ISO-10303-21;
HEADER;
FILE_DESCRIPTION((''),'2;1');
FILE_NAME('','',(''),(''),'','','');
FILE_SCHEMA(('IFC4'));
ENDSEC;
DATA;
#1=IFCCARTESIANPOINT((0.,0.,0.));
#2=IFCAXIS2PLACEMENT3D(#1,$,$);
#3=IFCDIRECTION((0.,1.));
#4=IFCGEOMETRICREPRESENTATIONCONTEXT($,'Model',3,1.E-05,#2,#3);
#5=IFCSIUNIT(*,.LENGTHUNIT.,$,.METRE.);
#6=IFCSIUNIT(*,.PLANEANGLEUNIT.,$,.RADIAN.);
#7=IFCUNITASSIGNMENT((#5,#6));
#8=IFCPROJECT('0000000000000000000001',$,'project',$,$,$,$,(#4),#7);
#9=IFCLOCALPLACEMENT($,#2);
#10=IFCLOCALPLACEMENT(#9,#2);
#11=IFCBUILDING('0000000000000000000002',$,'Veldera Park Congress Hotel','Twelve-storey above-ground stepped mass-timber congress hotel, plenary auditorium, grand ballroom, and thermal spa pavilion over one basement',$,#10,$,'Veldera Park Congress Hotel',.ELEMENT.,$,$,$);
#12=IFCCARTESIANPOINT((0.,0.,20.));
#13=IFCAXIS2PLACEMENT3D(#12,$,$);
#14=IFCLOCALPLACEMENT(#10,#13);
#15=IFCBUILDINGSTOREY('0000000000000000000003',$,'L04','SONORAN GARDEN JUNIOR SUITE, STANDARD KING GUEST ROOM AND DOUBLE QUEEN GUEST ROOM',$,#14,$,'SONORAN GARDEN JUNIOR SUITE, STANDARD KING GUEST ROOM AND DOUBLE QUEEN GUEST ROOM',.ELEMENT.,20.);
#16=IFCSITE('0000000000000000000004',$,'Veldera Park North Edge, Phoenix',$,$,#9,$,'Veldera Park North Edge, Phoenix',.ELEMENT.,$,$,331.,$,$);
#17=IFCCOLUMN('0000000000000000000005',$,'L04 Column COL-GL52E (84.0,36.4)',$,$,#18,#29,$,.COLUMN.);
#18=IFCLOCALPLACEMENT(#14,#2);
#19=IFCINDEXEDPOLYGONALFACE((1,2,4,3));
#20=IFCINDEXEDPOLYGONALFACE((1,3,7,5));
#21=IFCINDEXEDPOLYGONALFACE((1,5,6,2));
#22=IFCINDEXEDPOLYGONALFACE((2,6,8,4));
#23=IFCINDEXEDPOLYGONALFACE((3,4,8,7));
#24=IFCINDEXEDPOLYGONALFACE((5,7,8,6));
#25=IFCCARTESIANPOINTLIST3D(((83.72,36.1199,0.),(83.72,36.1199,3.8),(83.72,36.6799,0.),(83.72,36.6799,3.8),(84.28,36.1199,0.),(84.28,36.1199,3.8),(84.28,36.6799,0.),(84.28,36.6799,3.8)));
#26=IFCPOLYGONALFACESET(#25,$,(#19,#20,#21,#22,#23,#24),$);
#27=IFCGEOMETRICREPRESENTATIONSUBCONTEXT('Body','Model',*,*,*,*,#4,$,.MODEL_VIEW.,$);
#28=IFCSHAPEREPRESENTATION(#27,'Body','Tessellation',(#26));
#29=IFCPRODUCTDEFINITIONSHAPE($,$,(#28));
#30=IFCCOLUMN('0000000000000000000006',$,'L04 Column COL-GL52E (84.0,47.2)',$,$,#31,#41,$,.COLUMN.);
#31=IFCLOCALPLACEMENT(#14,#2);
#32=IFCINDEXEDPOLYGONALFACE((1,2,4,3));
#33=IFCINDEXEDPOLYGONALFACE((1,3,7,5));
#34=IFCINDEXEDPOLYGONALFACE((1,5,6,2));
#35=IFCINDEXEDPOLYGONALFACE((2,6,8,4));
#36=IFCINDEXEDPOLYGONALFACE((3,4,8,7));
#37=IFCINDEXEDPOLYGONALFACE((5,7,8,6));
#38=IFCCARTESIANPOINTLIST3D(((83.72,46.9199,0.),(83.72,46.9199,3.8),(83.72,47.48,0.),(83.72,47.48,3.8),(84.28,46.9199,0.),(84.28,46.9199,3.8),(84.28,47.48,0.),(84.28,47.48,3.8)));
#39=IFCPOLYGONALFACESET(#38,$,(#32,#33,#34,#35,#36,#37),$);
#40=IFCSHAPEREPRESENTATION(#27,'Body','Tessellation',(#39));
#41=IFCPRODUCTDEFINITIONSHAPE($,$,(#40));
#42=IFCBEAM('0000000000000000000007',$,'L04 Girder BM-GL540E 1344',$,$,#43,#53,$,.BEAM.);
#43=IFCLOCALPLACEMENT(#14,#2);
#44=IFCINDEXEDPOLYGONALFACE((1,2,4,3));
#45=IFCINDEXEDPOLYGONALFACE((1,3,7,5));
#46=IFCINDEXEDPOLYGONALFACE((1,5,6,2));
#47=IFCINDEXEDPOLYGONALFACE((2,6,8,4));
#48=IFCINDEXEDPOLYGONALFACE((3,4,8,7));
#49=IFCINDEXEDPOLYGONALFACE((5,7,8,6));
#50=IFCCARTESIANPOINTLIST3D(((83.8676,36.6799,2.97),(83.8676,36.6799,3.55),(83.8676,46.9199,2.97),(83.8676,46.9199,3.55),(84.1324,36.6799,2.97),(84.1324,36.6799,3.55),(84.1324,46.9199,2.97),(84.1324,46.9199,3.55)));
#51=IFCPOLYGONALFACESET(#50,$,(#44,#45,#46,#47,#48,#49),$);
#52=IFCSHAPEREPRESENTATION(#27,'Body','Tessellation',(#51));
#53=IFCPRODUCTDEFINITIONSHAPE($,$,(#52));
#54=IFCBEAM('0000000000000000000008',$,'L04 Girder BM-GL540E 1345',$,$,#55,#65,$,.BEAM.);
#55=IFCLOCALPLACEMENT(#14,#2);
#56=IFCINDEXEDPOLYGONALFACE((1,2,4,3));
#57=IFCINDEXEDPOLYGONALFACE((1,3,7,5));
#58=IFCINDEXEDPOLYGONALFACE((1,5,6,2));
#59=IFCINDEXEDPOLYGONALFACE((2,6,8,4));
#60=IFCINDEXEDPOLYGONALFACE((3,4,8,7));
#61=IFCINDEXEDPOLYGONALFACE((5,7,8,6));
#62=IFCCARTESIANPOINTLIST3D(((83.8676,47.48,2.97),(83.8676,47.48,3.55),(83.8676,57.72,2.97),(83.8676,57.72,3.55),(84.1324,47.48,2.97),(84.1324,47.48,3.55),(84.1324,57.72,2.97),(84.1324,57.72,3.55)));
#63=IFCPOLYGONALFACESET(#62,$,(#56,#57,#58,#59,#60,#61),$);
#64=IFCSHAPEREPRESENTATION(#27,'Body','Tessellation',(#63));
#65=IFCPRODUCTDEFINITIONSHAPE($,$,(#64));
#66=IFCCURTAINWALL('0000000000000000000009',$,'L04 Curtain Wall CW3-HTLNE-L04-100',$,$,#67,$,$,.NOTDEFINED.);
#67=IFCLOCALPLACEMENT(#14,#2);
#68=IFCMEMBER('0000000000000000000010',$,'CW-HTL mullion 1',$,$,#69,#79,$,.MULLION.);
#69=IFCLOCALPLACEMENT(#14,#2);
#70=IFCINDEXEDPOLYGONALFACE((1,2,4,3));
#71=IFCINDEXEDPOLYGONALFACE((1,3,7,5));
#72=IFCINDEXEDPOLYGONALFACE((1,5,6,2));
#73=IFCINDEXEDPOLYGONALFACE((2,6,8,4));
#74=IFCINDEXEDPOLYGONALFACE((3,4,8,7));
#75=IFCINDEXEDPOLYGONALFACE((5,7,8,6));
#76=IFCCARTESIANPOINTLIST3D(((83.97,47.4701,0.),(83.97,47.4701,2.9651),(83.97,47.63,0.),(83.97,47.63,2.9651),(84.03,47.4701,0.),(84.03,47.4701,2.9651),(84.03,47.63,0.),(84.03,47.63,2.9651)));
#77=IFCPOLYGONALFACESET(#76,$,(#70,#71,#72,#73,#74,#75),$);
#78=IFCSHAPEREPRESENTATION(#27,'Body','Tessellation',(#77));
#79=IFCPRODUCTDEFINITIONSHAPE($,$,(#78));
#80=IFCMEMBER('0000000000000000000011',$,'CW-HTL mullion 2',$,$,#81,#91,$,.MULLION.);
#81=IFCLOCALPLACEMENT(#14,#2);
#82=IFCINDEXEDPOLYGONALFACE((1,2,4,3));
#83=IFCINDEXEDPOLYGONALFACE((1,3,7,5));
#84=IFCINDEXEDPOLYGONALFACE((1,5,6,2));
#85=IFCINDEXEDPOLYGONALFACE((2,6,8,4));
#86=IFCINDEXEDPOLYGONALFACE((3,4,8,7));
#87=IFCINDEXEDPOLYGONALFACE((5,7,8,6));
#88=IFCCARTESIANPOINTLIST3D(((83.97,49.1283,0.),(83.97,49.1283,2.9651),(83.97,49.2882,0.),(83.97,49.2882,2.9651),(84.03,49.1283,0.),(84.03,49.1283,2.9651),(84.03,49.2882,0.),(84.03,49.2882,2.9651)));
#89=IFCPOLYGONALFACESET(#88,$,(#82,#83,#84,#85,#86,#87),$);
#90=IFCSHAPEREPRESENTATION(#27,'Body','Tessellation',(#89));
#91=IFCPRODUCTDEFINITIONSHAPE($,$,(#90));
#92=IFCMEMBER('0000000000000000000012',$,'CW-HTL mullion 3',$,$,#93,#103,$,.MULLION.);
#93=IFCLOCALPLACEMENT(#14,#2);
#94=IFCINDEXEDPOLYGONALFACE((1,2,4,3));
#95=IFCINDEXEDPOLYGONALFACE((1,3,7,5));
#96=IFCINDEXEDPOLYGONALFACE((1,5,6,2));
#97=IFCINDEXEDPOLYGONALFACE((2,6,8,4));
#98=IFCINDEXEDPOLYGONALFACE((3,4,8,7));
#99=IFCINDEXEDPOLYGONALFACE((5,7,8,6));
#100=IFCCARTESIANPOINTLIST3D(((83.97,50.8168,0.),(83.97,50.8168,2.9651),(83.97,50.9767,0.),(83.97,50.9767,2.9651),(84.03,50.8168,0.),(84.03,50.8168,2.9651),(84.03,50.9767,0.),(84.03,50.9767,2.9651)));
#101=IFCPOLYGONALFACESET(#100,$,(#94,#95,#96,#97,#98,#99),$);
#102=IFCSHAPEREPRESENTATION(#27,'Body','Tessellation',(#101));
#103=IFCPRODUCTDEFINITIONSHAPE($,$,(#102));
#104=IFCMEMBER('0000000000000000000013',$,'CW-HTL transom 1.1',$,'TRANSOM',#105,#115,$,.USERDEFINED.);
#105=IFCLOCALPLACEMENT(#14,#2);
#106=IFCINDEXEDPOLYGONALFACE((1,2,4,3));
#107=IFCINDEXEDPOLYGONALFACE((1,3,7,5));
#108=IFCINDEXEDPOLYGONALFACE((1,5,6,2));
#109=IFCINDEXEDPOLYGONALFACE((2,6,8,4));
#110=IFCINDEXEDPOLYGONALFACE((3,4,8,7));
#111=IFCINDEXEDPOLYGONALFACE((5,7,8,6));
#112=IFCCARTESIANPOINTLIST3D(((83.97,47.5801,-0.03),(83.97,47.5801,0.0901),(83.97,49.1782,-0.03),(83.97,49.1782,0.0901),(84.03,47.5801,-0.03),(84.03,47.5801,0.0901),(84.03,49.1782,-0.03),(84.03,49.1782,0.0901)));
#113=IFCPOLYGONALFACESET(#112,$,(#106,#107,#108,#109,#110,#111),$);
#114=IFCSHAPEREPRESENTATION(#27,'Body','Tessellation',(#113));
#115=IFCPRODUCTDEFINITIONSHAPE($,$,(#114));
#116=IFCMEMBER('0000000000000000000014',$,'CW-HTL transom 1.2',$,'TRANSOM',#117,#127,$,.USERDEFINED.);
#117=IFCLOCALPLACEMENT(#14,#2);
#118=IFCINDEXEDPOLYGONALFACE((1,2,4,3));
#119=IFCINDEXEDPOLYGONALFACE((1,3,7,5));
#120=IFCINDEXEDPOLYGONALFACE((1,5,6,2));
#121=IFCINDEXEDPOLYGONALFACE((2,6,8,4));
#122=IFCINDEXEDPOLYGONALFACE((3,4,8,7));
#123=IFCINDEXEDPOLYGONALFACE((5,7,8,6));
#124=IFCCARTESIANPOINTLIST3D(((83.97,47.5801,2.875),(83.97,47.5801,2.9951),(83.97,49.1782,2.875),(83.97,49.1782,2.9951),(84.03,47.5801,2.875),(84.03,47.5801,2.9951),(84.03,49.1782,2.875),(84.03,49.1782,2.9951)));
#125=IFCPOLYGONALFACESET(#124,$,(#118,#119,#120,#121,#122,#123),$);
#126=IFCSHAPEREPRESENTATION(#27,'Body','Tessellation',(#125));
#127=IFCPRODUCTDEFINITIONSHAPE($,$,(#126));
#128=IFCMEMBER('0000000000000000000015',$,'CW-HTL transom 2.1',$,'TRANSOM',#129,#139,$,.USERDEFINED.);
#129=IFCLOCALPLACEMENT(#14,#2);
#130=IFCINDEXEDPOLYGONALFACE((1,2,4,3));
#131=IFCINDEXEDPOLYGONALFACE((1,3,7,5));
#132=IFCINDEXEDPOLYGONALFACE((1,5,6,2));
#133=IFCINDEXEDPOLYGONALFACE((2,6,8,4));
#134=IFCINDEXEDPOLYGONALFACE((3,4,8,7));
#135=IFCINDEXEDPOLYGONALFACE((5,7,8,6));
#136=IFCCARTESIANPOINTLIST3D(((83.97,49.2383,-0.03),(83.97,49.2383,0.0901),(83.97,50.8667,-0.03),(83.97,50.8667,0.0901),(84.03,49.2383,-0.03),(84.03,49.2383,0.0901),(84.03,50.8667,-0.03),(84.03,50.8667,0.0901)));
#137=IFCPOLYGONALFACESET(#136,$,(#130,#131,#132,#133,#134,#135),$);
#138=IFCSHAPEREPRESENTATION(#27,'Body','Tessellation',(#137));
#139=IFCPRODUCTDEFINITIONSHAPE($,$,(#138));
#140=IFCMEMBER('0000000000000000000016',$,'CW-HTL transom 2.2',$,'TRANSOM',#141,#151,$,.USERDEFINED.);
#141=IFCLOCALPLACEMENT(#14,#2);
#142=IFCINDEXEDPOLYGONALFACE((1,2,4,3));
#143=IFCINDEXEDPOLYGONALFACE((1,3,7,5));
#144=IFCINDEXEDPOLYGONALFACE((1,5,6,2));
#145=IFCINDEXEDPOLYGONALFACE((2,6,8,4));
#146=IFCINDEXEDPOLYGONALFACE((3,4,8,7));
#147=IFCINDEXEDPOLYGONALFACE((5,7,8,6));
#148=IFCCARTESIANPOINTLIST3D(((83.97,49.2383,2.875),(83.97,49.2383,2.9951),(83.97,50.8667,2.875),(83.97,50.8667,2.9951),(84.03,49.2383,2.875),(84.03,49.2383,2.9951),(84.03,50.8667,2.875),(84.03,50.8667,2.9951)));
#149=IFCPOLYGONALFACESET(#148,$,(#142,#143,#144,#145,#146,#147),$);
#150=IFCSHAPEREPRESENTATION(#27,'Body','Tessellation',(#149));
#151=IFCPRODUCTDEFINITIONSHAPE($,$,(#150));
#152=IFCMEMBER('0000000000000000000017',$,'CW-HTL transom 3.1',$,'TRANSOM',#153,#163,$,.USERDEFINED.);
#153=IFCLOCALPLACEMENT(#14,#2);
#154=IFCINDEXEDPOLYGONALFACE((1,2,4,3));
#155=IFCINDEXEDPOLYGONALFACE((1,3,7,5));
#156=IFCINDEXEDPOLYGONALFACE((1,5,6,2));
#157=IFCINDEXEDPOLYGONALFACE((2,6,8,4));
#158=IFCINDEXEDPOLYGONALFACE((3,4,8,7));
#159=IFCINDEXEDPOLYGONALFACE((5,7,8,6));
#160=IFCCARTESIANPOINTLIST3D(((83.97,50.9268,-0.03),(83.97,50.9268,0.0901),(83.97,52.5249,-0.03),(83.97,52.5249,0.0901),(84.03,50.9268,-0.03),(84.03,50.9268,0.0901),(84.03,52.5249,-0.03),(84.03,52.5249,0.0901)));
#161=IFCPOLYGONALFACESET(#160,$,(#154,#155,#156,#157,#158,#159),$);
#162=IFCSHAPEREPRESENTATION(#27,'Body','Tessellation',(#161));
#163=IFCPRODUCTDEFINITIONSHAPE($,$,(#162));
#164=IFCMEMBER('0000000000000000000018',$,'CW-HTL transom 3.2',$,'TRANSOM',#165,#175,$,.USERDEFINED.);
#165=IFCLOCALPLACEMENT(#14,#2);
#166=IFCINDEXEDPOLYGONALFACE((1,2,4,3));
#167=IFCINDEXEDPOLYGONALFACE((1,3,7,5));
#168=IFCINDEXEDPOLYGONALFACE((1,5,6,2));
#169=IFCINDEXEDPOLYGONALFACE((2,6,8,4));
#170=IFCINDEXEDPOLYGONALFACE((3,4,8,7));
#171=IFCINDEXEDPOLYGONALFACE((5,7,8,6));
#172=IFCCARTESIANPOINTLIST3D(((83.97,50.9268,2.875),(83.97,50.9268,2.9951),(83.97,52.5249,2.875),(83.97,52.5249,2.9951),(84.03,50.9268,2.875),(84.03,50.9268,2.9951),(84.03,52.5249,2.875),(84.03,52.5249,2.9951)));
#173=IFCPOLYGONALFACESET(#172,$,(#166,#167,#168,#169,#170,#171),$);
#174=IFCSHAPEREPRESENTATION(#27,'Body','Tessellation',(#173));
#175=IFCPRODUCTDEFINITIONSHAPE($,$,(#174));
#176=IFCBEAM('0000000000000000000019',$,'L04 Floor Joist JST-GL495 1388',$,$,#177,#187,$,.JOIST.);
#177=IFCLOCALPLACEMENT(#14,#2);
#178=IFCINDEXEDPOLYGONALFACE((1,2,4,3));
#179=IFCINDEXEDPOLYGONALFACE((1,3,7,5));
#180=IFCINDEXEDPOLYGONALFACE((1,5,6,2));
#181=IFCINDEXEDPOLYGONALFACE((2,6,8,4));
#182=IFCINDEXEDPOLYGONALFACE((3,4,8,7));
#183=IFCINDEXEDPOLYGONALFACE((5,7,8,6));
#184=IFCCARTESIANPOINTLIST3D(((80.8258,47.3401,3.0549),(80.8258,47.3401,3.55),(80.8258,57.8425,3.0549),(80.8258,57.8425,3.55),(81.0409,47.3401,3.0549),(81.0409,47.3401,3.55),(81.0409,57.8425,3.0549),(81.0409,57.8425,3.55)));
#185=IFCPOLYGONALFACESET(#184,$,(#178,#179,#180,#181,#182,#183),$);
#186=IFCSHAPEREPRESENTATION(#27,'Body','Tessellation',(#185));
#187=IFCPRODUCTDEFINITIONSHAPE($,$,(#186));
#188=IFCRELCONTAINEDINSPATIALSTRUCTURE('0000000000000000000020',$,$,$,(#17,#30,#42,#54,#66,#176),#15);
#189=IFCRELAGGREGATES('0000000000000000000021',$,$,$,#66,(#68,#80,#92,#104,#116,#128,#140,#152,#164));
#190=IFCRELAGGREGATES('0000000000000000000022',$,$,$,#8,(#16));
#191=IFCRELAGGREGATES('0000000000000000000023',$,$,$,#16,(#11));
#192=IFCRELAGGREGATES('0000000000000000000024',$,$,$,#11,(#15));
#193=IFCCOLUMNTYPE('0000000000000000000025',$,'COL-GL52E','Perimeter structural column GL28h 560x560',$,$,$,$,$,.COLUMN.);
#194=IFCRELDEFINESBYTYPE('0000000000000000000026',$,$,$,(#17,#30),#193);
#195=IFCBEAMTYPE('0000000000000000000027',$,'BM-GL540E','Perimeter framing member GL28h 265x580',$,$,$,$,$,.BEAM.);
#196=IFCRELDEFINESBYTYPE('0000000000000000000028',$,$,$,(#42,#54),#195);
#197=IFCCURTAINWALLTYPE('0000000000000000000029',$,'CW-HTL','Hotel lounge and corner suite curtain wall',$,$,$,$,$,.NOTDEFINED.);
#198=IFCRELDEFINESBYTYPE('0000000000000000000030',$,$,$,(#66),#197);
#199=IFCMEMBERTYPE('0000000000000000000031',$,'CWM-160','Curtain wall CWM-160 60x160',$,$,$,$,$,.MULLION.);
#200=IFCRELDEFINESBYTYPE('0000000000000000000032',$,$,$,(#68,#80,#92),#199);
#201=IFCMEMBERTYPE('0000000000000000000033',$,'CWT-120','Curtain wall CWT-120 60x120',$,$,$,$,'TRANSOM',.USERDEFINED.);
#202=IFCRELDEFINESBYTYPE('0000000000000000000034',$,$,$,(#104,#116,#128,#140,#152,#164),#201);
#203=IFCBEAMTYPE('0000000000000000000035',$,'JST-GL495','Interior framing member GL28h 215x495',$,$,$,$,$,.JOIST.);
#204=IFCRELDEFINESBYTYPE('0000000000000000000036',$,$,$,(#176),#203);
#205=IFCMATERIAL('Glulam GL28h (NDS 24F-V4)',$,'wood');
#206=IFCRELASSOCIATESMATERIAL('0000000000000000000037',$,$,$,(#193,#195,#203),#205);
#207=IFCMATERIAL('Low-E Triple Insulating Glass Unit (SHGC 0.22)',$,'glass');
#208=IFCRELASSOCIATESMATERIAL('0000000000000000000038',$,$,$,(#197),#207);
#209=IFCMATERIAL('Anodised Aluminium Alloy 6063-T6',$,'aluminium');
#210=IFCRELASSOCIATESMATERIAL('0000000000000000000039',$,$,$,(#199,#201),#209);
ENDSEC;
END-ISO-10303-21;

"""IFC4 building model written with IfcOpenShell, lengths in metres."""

from ifc_helpers import new_model, si_unit, direction, frame, origin, origin_2d, place, context, subcontext, project, spatial, rectangle, extrude, material, material_profile, profile_set, type_object, element, aggregate, save


model = new_model("IFC4")

# Units and contexts
model_context = context("Model", 3, precision=1e-05, world=origin(), true_north=direction((0.0, 1.0)))
body_context = subcontext(model_context, "Body", "Model", "MODEL_VIEW")
ifc_project = project(units=[si_unit("LENGTHUNIT", "METRE"), si_unit("PLANEANGLEUNIT", "RADIAN")], contexts=[model_context])

# Site, building, storey
site_placement = place(None, origin())
site = spatial("IfcSite", under=ifc_project, at=site_placement, Name="Veldera Park North Edge, Phoenix", LongName="Veldera Park North Edge, Phoenix", CompositionType="ELEMENT", RefElevation=331.0)
building_placement = place(site_placement, origin())
building = spatial("IfcBuilding", under=site, at=building_placement, Name="Veldera Park Congress Hotel", Description="Twelve-storey above-ground stepped mass-timber congress hotel, plenary auditorium, grand ballroom, and thermal spa pavilion over one basement", LongName="Veldera Park Congress Hotel", CompositionType="ELEMENT")
storey_placement = place(building_placement, frame((0.0, 0.0, 20.0)))
storey = spatial("IfcBuildingStorey", under=building, at=storey_placement, Name="L04", Description="SONORAN GARDEN JUNIOR SUITE, STANDARD KING GUEST ROOM AND DOUBLE QUEEN GUEST ROOM", LongName="SONORAN GARDEN JUNIOR SUITE, STANDARD KING GUEST ROOM AND DOUBLE QUEEN GUEST ROOM", CompositionType="ELEMENT", Elevation=20.0)

# Columns
ifc_material_1 = material(Name="Glulam GL28h (NDS 24F-V4)", Category="wood")
ifc_material_profile_1 = material_profile(ifc_material_1, rectangle(XDim=0.5601, YDim=0.5601, at=origin_2d()), Name="GL28h 560x560")
ifc_profile_set_1 = profile_set([ifc_material_profile_1], Name="Glulam GL28h (NDS 24F-V4)")
column_type = type_object("IfcColumnType", Name="COL-GL52E", Description="Perimeter structural column GL28h 560x560", PredefinedType="COLUMN", material=ifc_profile_set_1)
for number, where, z_axis, x_axis, name in (
    (1, (84.0, 36.3999, 0.0), (0.0, 0.0, 1.0), (1.0, 0.0, 0.0), "L04 Column COL-GL52E (84.0,36.4)"),
    (2, (84.0, 47.2, 0.0), (0.0, 0.0, 1.0), (1.0, 0.0, 0.0), "L04 Column COL-GL52E (84.0,47.2)"),
):
    element("IfcColumn", number, at=place(storey_placement, frame(where, z_axis=z_axis, x_axis=x_axis)), inside=storey, type_object=column_type, Name=name, PredefinedType="COLUMN", context=body_context, shape_type="SweptSolid", body=[
        extrude(rectangle(XDim=0.5601, YDim=0.5601, at=origin_2d()), origin(), (0.0, 0.0, 1.0), 3.8),
    ])

# Beams
ifc_material_profile_2 = material_profile(ifc_material_1, rectangle(XDim=0.2649, YDim=0.5801, at=origin_2d()), Name="GL28h 265x580")
ifc_profile_set_2 = profile_set([ifc_material_profile_2], Name="Glulam GL28h (NDS 24F-V4)")
beam_type_1 = type_object("IfcBeamType", Name="BM-GL540E", Description="Perimeter framing member GL28h 265x580", PredefinedType="BEAM", material=ifc_profile_set_2)
for number, where, z_axis, x_axis, name in (
    (3, (84.0, 36.6799, 3.26), (0.0, 1.0, 0.0), (-1.0, 0.0, 0.0), "L04 Girder BM-GL540E 1344"),
    (4, (84.0, 47.48, 3.26), (0.0, 1.0, 0.0), (-1.0, 0.0, 0.0), "L04 Girder BM-GL540E 1345"),
):
    element("IfcBeam", number, at=place(storey_placement, frame(where, z_axis=z_axis, x_axis=x_axis)), inside=storey, type_object=beam_type_1, Name=name, PredefinedType="BEAM", context=body_context, shape_type="SweptSolid", body=[
        extrude(rectangle(XDim=0.2649, YDim=0.5801, at=origin_2d()), origin(), (0.0, 0.0, 1.0), 10.24),
    ])

# Curtain wall, members
ifc_material_2 = material(Name="Low-E Triple Insulating Glass Unit (SHGC 0.22)", Category="glass")
curtain_wall_type = type_object("IfcCurtainWallType", Name="CW-HTL", Description="Hotel lounge and corner suite curtain wall", PredefinedType="NOTDEFINED", material=ifc_material_2)
curtain_wall_placement = place(storey_placement, origin())
curtain_wall = element("IfcCurtainWall", 5, at=curtain_wall_placement, inside=storey, type_object=curtain_wall_type, Name="L04 Curtain Wall CW3-HTLNE-L04-100", PredefinedType="NOTDEFINED")
ifc_material_3 = material(Name="Anodised Aluminium Alloy 6063-T6", Category="aluminium")
ifc_material_profile_3 = material_profile(ifc_material_3, rectangle(XDim=0.0601, YDim=0.1599, at=origin_2d()), Name="ALU 60x160")
ifc_profile_set_3 = profile_set([ifc_material_profile_3], Name="Anodised Aluminium Alloy 6063-T6")
member_type_1 = type_object("IfcMemberType", Name="CWM-160", Description="Curtain wall CWM-160 60x160", PredefinedType="MULLION", material=ifc_profile_set_3)
member_1_placement = place(storey_placement, frame((84.0, 47.55, 0.0), z_axis=(0.0, 0.0, 1.0), x_axis=(-1.0, 0.0, 0.0)))
member_1 = element("IfcMember", 6, at=member_1_placement, type_object=member_type_1, Name="CW-HTL mullion 1", PredefinedType="MULLION", context=body_context, shape_type="SweptSolid", body=[
    extrude(rectangle(XDim=0.0601, YDim=0.1599, at=origin_2d()), origin(), (0.0, 0.0, 1.0), 2.9651),
])
member_2_placement = place(storey_placement, frame((84.0, 49.2083, 0.0), z_axis=(0.0, 0.0, 1.0), x_axis=(-1.0, 0.0, 0.0)))
member_2 = element("IfcMember", 7, at=member_2_placement, type_object=member_type_1, Name="CW-HTL mullion 2", PredefinedType="MULLION", context=body_context, shape_type="SweptSolid", body=[
    extrude(rectangle(XDim=0.0601, YDim=0.1599, at=origin_2d()), origin(), (0.0, 0.0, 1.0), 2.9651),
])
member_3_placement = place(storey_placement, frame((84.0, 50.8967, 0.0), z_axis=(0.0, 0.0, 1.0), x_axis=(-1.0, 0.0, 0.0)))
member_3 = element("IfcMember", 8, at=member_3_placement, type_object=member_type_1, Name="CW-HTL mullion 3", PredefinedType="MULLION", context=body_context, shape_type="SweptSolid", body=[
    extrude(rectangle(XDim=0.0601, YDim=0.1599, at=origin_2d()), origin(), (0.0, 0.0, 1.0), 2.9651),
])
ifc_material_profile_4 = material_profile(ifc_material_3, rectangle(XDim=0.0601, YDim=0.1201, at=origin_2d()), Name="ALU 60x120")
ifc_profile_set_4 = profile_set([ifc_material_profile_4], Name="Anodised Aluminium Alloy 6063-T6")
member_type_2 = type_object("IfcMemberType", Name="CWT-120", Description="Curtain wall CWT-120 60x120", ElementType="TRANSOM", PredefinedType="USERDEFINED", material=ifc_profile_set_4)
member_4_placement = place(storey_placement, frame((84.0, 47.5801, 0.03), z_axis=(0.0, 1.0, 0.0), x_axis=(-1.0, 0.0, 0.0)))
member_4 = element("IfcMember", 9, at=member_4_placement, type_object=member_type_2, Name="CW-HTL transom 1.1", ObjectType="TRANSOM", PredefinedType="USERDEFINED", context=body_context, shape_type="SweptSolid", body=[
    extrude(rectangle(XDim=0.0601, YDim=0.1201, at=origin_2d()), origin(), (0.0, 0.0, 1.0), 1.5981),
])
member_5_placement = place(storey_placement, frame((84.0, 47.5801, 2.9351), z_axis=(0.0, 1.0, 0.0), x_axis=(-1.0, 0.0, 0.0)))
member_5 = element("IfcMember", 10, at=member_5_placement, type_object=member_type_2, Name="CW-HTL transom 1.2", ObjectType="TRANSOM", PredefinedType="USERDEFINED", context=body_context, shape_type="SweptSolid", body=[
    extrude(rectangle(XDim=0.0601, YDim=0.1201, at=origin_2d()), origin(), (0.0, 0.0, 1.0), 1.5981),
])
member_6_placement = place(storey_placement, frame((84.0, 49.2383, 0.03), z_axis=(0.0, 1.0, 0.0), x_axis=(-1.0, 0.0, 0.0)))
member_6 = element("IfcMember", 11, at=member_6_placement, type_object=member_type_2, Name="CW-HTL transom 2.1", ObjectType="TRANSOM", PredefinedType="USERDEFINED", context=body_context, shape_type="SweptSolid", body=[
    extrude(rectangle(XDim=0.0601, YDim=0.1201, at=origin_2d()), origin(), (0.0, 0.0, 1.0), 1.6284),
])
member_7_placement = place(storey_placement, frame((84.0, 49.2383, 2.9351), z_axis=(0.0, 1.0, 0.0), x_axis=(-1.0, 0.0, 0.0)))
member_7 = element("IfcMember", 12, at=member_7_placement, type_object=member_type_2, Name="CW-HTL transom 2.2", ObjectType="TRANSOM", PredefinedType="USERDEFINED", context=body_context, shape_type="SweptSolid", body=[
    extrude(rectangle(XDim=0.0601, YDim=0.1201, at=origin_2d()), origin(), (0.0, 0.0, 1.0), 1.6284),
])
member_8_placement = place(storey_placement, frame((84.0, 50.9268, 0.03), z_axis=(0.0, 1.0, 0.0), x_axis=(-1.0, 0.0, 0.0)))
member_8 = element("IfcMember", 13, at=member_8_placement, type_object=member_type_2, Name="CW-HTL transom 3.1", ObjectType="TRANSOM", PredefinedType="USERDEFINED", context=body_context, shape_type="SweptSolid", body=[
    extrude(rectangle(XDim=0.0601, YDim=0.1201, at=origin_2d()), origin(), (0.0, 0.0, 1.0), 1.5981),
])
member_9_placement = place(storey_placement, frame((84.0, 50.9268, 2.9351), z_axis=(0.0, 1.0, 0.0), x_axis=(-1.0, 0.0, 0.0)))
member_9 = element("IfcMember", 14, at=member_9_placement, type_object=member_type_2, Name="CW-HTL transom 3.2", ObjectType="TRANSOM", PredefinedType="USERDEFINED", context=body_context, shape_type="SweptSolid", body=[
    extrude(rectangle(XDim=0.0601, YDim=0.1201, at=origin_2d()), origin(), (0.0, 0.0, 1.0), 1.5981),
])

# Beam
ifc_material_profile_5 = material_profile(ifc_material_1, rectangle(XDim=0.2151, YDim=0.4951, at=origin_2d()), Name="GL28h 215x495")
ifc_profile_set_5 = profile_set([ifc_material_profile_5], Name="Glulam GL28h (NDS 24F-V4)")
beam_type_2 = type_object("IfcBeamType", Name="JST-GL495", Description="Interior framing member GL28h 215x495", PredefinedType="JOIST", material=ifc_profile_set_5)
beam_placement = place(storey_placement, frame((80.9333, 47.3401, 3.3025), z_axis=(0.0, 1.0, 0.0), x_axis=(-1.0, 0.0, 0.0)))
element("IfcBeam", 15, at=beam_placement, inside=storey, type_object=beam_type_2, Name="L04 Floor Joist JST-GL495 1388", PredefinedType="JOIST", context=body_context, shape_type="SweptSolid", body=[
    extrude(rectangle(XDim=0.2151, YDim=0.4951, at=origin_2d()), origin(), (0.0, 0.0, 1.0), 10.5024),
])

aggregate(curtain_wall, [member_1, member_2, member_3, member_4, member_5, member_6, member_7, member_8, member_9])

save(model, "model.ifc")
